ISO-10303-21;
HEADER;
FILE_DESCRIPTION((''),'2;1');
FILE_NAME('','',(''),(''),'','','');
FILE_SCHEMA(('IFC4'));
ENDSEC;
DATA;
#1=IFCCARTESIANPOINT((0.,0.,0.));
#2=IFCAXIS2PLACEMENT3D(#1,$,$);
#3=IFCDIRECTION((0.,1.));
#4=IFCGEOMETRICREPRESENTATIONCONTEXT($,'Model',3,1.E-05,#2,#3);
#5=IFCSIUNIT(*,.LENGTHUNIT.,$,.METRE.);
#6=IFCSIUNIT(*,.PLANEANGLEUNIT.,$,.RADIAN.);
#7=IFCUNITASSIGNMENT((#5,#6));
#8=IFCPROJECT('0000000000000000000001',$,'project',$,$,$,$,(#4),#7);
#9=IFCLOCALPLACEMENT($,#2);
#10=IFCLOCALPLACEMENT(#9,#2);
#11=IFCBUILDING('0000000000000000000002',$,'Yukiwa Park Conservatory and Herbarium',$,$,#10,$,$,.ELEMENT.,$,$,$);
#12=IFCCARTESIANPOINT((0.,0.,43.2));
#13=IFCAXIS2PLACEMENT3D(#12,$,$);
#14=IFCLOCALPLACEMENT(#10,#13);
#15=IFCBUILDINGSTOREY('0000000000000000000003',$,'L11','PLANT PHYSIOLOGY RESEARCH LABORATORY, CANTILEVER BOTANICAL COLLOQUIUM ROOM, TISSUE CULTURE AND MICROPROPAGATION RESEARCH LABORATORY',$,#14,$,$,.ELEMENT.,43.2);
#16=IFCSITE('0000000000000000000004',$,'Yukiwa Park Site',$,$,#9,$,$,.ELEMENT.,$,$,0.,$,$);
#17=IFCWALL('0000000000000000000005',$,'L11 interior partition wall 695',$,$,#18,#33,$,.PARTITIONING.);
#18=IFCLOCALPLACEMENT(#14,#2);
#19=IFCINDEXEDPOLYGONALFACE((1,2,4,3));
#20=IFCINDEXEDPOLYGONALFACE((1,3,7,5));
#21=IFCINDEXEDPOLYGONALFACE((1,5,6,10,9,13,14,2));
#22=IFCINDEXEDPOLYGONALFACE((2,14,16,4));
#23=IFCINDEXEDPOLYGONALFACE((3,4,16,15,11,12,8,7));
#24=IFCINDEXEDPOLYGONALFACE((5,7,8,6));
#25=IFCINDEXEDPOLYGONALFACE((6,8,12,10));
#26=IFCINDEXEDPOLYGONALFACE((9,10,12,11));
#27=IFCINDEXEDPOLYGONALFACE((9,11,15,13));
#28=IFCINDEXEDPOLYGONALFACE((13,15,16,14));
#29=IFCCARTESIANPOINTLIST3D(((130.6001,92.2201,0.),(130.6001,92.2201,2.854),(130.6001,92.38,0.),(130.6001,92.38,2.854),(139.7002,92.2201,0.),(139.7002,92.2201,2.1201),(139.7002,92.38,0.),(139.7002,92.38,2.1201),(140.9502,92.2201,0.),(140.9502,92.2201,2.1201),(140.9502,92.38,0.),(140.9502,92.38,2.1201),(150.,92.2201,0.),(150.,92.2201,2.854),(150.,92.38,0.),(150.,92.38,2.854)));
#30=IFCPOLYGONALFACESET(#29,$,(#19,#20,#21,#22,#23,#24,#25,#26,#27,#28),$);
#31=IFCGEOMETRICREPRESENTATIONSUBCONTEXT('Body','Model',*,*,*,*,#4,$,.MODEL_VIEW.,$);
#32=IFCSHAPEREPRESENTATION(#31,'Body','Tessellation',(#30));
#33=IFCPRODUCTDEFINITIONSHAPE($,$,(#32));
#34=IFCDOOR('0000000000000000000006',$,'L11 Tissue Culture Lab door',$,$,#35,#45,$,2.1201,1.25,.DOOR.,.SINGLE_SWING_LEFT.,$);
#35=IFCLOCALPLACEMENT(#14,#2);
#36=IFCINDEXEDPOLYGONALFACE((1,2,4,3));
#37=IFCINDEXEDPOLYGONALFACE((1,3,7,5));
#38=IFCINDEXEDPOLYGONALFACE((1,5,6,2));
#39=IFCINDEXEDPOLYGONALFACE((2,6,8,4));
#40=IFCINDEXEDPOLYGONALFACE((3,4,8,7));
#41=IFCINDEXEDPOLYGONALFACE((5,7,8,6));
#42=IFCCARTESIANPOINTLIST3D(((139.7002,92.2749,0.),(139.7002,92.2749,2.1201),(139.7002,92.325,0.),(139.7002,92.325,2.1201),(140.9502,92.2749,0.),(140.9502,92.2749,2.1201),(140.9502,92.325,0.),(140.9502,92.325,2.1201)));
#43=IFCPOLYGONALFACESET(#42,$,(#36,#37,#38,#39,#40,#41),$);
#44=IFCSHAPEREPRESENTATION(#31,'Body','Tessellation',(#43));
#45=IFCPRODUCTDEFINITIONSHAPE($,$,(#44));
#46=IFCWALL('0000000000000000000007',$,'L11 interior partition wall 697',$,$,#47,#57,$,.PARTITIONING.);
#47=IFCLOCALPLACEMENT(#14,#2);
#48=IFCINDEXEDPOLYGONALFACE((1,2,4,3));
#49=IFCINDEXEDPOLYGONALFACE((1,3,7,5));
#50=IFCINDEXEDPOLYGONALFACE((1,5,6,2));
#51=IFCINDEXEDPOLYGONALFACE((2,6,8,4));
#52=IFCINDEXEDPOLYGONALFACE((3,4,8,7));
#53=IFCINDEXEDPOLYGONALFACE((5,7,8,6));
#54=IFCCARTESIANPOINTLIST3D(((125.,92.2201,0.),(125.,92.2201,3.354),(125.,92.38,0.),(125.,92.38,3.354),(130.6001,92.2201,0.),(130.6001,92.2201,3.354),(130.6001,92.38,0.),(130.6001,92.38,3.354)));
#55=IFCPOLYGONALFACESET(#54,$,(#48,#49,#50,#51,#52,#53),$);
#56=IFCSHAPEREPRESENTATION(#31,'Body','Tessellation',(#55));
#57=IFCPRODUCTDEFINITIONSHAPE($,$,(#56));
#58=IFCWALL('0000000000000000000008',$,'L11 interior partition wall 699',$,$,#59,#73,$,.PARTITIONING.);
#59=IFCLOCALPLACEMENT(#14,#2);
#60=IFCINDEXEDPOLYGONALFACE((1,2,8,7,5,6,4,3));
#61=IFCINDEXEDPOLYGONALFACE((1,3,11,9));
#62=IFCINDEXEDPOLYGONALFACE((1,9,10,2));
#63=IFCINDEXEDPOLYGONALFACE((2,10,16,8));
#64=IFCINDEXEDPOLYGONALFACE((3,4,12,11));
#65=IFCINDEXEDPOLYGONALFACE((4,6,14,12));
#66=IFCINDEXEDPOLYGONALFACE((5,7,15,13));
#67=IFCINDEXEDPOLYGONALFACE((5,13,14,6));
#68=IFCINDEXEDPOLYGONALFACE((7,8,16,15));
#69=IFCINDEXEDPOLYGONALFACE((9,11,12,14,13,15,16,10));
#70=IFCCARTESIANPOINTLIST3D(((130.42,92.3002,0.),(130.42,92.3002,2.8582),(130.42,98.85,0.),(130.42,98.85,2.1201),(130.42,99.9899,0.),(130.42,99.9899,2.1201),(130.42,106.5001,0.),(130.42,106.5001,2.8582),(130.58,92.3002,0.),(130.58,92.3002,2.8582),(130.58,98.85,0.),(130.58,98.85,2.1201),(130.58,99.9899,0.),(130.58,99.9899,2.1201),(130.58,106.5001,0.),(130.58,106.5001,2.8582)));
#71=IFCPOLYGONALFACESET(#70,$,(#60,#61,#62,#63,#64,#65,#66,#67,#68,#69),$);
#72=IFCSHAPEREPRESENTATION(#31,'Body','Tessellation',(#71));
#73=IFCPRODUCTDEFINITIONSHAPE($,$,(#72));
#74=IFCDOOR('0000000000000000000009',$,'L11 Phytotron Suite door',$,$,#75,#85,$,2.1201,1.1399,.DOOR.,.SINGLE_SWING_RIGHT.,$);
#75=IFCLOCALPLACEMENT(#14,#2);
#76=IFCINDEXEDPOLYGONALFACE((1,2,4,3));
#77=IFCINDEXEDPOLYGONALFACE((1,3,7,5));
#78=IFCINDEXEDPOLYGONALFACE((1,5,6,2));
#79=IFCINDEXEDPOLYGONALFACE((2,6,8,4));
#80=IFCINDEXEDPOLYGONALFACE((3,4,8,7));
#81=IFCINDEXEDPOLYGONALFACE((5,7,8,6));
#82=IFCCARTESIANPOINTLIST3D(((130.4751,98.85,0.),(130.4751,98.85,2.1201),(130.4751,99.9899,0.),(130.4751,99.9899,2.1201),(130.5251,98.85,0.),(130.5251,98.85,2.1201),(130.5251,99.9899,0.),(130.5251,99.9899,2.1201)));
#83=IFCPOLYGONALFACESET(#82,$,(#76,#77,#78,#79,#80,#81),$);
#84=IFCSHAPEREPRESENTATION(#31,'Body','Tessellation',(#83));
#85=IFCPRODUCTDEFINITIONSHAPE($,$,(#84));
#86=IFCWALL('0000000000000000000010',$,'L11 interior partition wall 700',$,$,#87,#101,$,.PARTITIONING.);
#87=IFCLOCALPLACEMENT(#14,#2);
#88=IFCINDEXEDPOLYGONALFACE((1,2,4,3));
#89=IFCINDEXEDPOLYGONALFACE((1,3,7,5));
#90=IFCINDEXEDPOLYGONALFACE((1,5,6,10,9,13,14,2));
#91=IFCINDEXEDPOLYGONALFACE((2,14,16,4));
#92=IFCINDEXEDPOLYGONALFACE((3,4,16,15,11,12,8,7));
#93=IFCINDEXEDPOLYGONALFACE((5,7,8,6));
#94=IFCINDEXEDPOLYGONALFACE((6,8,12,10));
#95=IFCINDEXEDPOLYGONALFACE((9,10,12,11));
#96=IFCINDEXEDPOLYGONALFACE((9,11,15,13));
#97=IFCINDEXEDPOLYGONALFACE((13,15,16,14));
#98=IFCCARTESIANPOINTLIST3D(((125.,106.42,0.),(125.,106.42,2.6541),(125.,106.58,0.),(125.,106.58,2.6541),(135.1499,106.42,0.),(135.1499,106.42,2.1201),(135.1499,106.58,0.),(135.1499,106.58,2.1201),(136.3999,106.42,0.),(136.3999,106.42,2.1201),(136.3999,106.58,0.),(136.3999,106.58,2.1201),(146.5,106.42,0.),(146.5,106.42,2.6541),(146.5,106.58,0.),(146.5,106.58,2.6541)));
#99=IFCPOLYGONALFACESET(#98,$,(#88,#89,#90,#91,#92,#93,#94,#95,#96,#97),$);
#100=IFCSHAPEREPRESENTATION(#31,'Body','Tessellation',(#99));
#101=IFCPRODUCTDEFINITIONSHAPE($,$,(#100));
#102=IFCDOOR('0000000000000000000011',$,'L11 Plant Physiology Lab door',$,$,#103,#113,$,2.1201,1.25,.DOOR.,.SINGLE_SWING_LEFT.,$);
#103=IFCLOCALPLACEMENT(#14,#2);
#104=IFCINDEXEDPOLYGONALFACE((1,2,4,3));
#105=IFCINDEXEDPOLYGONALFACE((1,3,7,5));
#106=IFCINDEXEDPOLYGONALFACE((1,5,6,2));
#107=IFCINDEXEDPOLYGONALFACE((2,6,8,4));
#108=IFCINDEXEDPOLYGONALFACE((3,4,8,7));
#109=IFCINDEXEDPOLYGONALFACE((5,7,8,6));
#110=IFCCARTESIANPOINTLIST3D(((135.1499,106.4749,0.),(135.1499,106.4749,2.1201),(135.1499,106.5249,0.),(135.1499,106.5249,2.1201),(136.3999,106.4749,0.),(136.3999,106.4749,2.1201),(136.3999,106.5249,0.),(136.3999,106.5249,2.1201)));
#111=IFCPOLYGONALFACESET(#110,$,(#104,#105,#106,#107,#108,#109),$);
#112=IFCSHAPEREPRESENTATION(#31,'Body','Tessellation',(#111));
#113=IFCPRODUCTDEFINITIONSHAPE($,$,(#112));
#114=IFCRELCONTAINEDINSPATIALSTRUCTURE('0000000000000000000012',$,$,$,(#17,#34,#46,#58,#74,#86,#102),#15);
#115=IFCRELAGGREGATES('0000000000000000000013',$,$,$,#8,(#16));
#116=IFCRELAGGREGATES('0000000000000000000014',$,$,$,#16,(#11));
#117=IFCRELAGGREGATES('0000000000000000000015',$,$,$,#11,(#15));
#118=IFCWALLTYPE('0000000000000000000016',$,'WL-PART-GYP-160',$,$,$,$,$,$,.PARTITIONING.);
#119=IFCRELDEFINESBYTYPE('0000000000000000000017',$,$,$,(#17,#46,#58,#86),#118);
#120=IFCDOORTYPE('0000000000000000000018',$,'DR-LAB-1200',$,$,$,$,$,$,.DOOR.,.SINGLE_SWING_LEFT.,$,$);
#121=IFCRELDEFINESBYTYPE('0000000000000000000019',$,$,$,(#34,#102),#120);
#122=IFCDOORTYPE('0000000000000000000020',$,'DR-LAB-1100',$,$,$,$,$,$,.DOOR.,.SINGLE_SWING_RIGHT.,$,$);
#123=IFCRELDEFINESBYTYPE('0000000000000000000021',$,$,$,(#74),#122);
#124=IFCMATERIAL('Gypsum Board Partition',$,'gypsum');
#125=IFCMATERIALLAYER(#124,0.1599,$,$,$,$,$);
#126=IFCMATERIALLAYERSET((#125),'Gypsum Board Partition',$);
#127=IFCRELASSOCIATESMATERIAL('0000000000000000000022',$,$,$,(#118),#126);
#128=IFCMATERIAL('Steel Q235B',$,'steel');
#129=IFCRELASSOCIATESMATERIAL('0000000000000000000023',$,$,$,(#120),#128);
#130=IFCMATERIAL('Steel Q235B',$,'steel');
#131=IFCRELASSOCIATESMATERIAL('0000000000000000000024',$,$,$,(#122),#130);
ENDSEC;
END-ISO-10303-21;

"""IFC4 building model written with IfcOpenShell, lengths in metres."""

from ifc_helpers import new_model, si_unit, direction, frame, frame_2d, origin, place, context, subcontext, project, spatial, rectangle, extrude, material, layer, layer_set, type_object, element, fill, save


model = new_model("IFC4")

# Units and contexts
model_context = context("Model", 3, precision=1e-05, world=origin(), true_north=direction((0.0, 1.0)))
body_context = subcontext(model_context, "Body", "Model", "MODEL_VIEW")
ifc_project = project(units=[si_unit("LENGTHUNIT", "METRE"), si_unit("PLANEANGLEUNIT", "RADIAN")], contexts=[model_context])

# Site, building, storey
site_placement = place(None, origin())
site = spatial("IfcSite", under=ifc_project, at=site_placement, Name="Yukiwa Park Site", CompositionType="ELEMENT", RefElevation=0.0)
building_placement = place(site_placement, origin())
building = spatial("IfcBuilding", under=site, at=building_placement, Name="Yukiwa Park Conservatory and Herbarium", CompositionType="ELEMENT")
storey_placement = place(building_placement, frame((0.0, 0.0, 43.2)))
storey = spatial("IfcBuildingStorey", under=building, at=storey_placement, Name="L11", Description="PLANT PHYSIOLOGY RESEARCH LABORATORY, CANTILEVER BOTANICAL COLLOQUIUM ROOM, TISSUE CULTURE AND MICROPROPAGATION RESEARCH LABORATORY", CompositionType="ELEMENT", Elevation=43.2)

# Wall, opening, door
ifc_material_1 = material(Name="Gypsum Board Partition", Category="gypsum")
ifc_layer_1 = layer(ifc_material_1, 0.1599)
ifc_layer_set_1 = layer_set([ifc_layer_1], Name="Gypsum Board Partition")
wall_type = type_object("IfcWallType", Name="WL-PART-GYP-160", PredefinedType="PARTITIONING", material=ifc_layer_set_1)
wall_1_placement = place(storey_placement, frame((130.6001, 92.3, 0.0), z_axis=(0.0, 0.0, 1.0), x_axis=(1.0, 0.0, 0.0)))
wall_1 = element("IfcWall", 1, at=wall_1_placement, inside=storey, type_object=wall_type, Name="L11 interior partition wall 695", PredefinedType="PARTITIONING", context=body_context, shape_type="SweptSolid", body=[
    extrude(rectangle(XDim=19.3999, YDim=0.1599, at=frame_2d((9.7, 0.0))), origin(), (0.0, 0.0, 1.0), 2.854),
])
opening_1_placement = place(wall_1_placement, frame((9.1001, 0.0, 0.0)))
opening_1 = element("IfcOpeningElement", 2, at=opening_1_placement, cuts=wall_1, PredefinedType="OPENING", context=body_context, shape_type="SweptSolid", body=[
    extrude(rectangle(XDim=1.25, YDim=2.1201, at=frame_2d((0.625, 1.0601))), frame((0.0, 0.0898, 0.0), z_axis=(0.0, -1.0, 0.0), x_axis=(1.0, 0.0, 0.0)), (0.0, 0.0, 1.0), 0.1799),
])
ifc_material_2 = material(Name="Steel Q235B", Category="steel")
door_type_1 = type_object("IfcDoorType", Name="DR-LAB-1200", OperationType="SINGLE_SWING_LEFT", PredefinedType="DOOR", material=ifc_material_2)
door_1_placement = place(opening_1_placement, origin())
door_1 = element("IfcDoor", 3, at=door_1_placement, inside=storey, type_object=door_type_1, Name="L11 Tissue Culture Lab door", OperationType="SINGLE_SWING_LEFT", OverallHeight=2.1201, OverallWidth=1.25, PredefinedType="DOOR", context=body_context, shape_type="SweptSolid", body=[
    extrude(rectangle(XDim=1.25, YDim=2.1201, at=frame_2d((0.625, 1.0601))), frame((0.0, 0.0249, 0.0), z_axis=(0.0, -1.0, 0.0), x_axis=(1.0, 0.0, 0.0)), (0.0, 0.0, 1.0), 0.05),
])
fill(opening_1, door_1)

# Wall
wall_2_placement = place(storey_placement, frame((125.0, 92.3, 0.0), z_axis=(0.0, 0.0, 1.0), x_axis=(1.0, 0.0, 0.0)))
element("IfcWall", 4, at=wall_2_placement, inside=storey, type_object=wall_type, Name="L11 interior partition wall 697", PredefinedType="PARTITIONING", context=body_context, shape_type="SweptSolid", body=[
    extrude(rectangle(XDim=5.6001, YDim=0.1599, at=frame_2d((2.8, 0.0))), origin(), (0.0, 0.0, 1.0), 3.354),
])

# Walls, openings, doors
wall_3_placement = place(storey_placement, frame((130.5, 92.3, 0.0), z_axis=(0.0, 0.0, 1.0), x_axis=(0.0, 1.0, 0.0)))
wall_3 = element("IfcWall", 5, at=wall_3_placement, inside=storey, type_object=wall_type, Name="L11 interior partition wall 699", PredefinedType="PARTITIONING", context=body_context, shape_type="SweptSolid", body=[
    extrude(rectangle(XDim=14.2, YDim=0.1599, at=frame_2d((7.1001, 0.0))), origin(), (0.0, 0.0, 1.0), 2.8582),
])
opening_2_placement = place(wall_3_placement, frame((6.55, 0.0, 0.0)))
opening_2 = element("IfcOpeningElement", 6, at=opening_2_placement, cuts=wall_3, PredefinedType="OPENING", context=body_context, shape_type="SweptSolid", body=[
    extrude(rectangle(XDim=1.1399, YDim=2.1201, at=frame_2d((0.5698, 1.0601))), frame((0.0, 0.0898, 0.0), z_axis=(0.0, -1.0, 0.0), x_axis=(1.0, 0.0, 0.0)), (0.0, 0.0, 1.0), 0.1799),
])
ifc_material_3 = material(Name="Steel Q235B", Category="steel")
door_type_2 = type_object("IfcDoorType", Name="DR-LAB-1100", OperationType="SINGLE_SWING_RIGHT", PredefinedType="DOOR", material=ifc_material_3)
door_2_placement = place(opening_2_placement, origin())
door_2 = element("IfcDoor", 7, at=door_2_placement, inside=storey, type_object=door_type_2, Name="L11 Phytotron Suite door", OperationType="SINGLE_SWING_RIGHT", OverallHeight=2.1201, OverallWidth=1.1399, PredefinedType="DOOR", context=body_context, shape_type="SweptSolid", body=[
    extrude(rectangle(XDim=1.1399, YDim=2.1201, at=frame_2d((0.5698, 1.0601))), frame((0.0, 0.0249, 0.0), z_axis=(0.0, -1.0, 0.0), x_axis=(1.0, 0.0, 0.0)), (0.0, 0.0, 1.0), 0.05),
])
fill(opening_2, door_2)
wall_4_placement = place(storey_placement, frame((125.0, 106.5, 0.0), z_axis=(0.0, 0.0, 1.0), x_axis=(1.0, 0.0, 0.0)))
wall_4 = element("IfcWall", 8, at=wall_4_placement, inside=storey, type_object=wall_type, Name="L11 interior partition wall 700", PredefinedType="PARTITIONING", context=body_context, shape_type="SweptSolid", body=[
    extrude(rectangle(XDim=21.5, YDim=0.1599, at=frame_2d((10.75, 0.0))), origin(), (0.0, 0.0, 1.0), 2.6541),
])
opening_3_placement = place(wall_4_placement, frame((10.1499, 0.0, 0.0)))
opening_3 = element("IfcOpeningElement", 9, at=opening_3_placement, cuts=wall_4, PredefinedType="OPENING", context=body_context, shape_type="SweptSolid", body=[
    extrude(rectangle(XDim=1.25, YDim=2.1201, at=frame_2d((0.625, 1.0601))), frame((0.0, 0.0898, 0.0), z_axis=(0.0, -1.0, 0.0), x_axis=(1.0, 0.0, 0.0)), (0.0, 0.0, 1.0), 0.1799),
])
door_3_placement = place(opening_3_placement, origin())
door_3 = element("IfcDoor", 10, at=door_3_placement, inside=storey, type_object=door_type_1, Name="L11 Plant Physiology Lab door", OperationType="SINGLE_SWING_LEFT", OverallHeight=2.1201, OverallWidth=1.25, PredefinedType="DOOR", context=body_context, shape_type="SweptSolid", body=[
    extrude(rectangle(XDim=1.25, YDim=2.1201, at=frame_2d((0.625, 1.0601))), frame((0.0, 0.0249, 0.0), z_axis=(0.0, -1.0, 0.0), x_axis=(1.0, 0.0, 0.0)), (0.0, 0.0, 1.0), 0.05),
])
fill(opening_3, door_3)

save(model, "model.ifc")
